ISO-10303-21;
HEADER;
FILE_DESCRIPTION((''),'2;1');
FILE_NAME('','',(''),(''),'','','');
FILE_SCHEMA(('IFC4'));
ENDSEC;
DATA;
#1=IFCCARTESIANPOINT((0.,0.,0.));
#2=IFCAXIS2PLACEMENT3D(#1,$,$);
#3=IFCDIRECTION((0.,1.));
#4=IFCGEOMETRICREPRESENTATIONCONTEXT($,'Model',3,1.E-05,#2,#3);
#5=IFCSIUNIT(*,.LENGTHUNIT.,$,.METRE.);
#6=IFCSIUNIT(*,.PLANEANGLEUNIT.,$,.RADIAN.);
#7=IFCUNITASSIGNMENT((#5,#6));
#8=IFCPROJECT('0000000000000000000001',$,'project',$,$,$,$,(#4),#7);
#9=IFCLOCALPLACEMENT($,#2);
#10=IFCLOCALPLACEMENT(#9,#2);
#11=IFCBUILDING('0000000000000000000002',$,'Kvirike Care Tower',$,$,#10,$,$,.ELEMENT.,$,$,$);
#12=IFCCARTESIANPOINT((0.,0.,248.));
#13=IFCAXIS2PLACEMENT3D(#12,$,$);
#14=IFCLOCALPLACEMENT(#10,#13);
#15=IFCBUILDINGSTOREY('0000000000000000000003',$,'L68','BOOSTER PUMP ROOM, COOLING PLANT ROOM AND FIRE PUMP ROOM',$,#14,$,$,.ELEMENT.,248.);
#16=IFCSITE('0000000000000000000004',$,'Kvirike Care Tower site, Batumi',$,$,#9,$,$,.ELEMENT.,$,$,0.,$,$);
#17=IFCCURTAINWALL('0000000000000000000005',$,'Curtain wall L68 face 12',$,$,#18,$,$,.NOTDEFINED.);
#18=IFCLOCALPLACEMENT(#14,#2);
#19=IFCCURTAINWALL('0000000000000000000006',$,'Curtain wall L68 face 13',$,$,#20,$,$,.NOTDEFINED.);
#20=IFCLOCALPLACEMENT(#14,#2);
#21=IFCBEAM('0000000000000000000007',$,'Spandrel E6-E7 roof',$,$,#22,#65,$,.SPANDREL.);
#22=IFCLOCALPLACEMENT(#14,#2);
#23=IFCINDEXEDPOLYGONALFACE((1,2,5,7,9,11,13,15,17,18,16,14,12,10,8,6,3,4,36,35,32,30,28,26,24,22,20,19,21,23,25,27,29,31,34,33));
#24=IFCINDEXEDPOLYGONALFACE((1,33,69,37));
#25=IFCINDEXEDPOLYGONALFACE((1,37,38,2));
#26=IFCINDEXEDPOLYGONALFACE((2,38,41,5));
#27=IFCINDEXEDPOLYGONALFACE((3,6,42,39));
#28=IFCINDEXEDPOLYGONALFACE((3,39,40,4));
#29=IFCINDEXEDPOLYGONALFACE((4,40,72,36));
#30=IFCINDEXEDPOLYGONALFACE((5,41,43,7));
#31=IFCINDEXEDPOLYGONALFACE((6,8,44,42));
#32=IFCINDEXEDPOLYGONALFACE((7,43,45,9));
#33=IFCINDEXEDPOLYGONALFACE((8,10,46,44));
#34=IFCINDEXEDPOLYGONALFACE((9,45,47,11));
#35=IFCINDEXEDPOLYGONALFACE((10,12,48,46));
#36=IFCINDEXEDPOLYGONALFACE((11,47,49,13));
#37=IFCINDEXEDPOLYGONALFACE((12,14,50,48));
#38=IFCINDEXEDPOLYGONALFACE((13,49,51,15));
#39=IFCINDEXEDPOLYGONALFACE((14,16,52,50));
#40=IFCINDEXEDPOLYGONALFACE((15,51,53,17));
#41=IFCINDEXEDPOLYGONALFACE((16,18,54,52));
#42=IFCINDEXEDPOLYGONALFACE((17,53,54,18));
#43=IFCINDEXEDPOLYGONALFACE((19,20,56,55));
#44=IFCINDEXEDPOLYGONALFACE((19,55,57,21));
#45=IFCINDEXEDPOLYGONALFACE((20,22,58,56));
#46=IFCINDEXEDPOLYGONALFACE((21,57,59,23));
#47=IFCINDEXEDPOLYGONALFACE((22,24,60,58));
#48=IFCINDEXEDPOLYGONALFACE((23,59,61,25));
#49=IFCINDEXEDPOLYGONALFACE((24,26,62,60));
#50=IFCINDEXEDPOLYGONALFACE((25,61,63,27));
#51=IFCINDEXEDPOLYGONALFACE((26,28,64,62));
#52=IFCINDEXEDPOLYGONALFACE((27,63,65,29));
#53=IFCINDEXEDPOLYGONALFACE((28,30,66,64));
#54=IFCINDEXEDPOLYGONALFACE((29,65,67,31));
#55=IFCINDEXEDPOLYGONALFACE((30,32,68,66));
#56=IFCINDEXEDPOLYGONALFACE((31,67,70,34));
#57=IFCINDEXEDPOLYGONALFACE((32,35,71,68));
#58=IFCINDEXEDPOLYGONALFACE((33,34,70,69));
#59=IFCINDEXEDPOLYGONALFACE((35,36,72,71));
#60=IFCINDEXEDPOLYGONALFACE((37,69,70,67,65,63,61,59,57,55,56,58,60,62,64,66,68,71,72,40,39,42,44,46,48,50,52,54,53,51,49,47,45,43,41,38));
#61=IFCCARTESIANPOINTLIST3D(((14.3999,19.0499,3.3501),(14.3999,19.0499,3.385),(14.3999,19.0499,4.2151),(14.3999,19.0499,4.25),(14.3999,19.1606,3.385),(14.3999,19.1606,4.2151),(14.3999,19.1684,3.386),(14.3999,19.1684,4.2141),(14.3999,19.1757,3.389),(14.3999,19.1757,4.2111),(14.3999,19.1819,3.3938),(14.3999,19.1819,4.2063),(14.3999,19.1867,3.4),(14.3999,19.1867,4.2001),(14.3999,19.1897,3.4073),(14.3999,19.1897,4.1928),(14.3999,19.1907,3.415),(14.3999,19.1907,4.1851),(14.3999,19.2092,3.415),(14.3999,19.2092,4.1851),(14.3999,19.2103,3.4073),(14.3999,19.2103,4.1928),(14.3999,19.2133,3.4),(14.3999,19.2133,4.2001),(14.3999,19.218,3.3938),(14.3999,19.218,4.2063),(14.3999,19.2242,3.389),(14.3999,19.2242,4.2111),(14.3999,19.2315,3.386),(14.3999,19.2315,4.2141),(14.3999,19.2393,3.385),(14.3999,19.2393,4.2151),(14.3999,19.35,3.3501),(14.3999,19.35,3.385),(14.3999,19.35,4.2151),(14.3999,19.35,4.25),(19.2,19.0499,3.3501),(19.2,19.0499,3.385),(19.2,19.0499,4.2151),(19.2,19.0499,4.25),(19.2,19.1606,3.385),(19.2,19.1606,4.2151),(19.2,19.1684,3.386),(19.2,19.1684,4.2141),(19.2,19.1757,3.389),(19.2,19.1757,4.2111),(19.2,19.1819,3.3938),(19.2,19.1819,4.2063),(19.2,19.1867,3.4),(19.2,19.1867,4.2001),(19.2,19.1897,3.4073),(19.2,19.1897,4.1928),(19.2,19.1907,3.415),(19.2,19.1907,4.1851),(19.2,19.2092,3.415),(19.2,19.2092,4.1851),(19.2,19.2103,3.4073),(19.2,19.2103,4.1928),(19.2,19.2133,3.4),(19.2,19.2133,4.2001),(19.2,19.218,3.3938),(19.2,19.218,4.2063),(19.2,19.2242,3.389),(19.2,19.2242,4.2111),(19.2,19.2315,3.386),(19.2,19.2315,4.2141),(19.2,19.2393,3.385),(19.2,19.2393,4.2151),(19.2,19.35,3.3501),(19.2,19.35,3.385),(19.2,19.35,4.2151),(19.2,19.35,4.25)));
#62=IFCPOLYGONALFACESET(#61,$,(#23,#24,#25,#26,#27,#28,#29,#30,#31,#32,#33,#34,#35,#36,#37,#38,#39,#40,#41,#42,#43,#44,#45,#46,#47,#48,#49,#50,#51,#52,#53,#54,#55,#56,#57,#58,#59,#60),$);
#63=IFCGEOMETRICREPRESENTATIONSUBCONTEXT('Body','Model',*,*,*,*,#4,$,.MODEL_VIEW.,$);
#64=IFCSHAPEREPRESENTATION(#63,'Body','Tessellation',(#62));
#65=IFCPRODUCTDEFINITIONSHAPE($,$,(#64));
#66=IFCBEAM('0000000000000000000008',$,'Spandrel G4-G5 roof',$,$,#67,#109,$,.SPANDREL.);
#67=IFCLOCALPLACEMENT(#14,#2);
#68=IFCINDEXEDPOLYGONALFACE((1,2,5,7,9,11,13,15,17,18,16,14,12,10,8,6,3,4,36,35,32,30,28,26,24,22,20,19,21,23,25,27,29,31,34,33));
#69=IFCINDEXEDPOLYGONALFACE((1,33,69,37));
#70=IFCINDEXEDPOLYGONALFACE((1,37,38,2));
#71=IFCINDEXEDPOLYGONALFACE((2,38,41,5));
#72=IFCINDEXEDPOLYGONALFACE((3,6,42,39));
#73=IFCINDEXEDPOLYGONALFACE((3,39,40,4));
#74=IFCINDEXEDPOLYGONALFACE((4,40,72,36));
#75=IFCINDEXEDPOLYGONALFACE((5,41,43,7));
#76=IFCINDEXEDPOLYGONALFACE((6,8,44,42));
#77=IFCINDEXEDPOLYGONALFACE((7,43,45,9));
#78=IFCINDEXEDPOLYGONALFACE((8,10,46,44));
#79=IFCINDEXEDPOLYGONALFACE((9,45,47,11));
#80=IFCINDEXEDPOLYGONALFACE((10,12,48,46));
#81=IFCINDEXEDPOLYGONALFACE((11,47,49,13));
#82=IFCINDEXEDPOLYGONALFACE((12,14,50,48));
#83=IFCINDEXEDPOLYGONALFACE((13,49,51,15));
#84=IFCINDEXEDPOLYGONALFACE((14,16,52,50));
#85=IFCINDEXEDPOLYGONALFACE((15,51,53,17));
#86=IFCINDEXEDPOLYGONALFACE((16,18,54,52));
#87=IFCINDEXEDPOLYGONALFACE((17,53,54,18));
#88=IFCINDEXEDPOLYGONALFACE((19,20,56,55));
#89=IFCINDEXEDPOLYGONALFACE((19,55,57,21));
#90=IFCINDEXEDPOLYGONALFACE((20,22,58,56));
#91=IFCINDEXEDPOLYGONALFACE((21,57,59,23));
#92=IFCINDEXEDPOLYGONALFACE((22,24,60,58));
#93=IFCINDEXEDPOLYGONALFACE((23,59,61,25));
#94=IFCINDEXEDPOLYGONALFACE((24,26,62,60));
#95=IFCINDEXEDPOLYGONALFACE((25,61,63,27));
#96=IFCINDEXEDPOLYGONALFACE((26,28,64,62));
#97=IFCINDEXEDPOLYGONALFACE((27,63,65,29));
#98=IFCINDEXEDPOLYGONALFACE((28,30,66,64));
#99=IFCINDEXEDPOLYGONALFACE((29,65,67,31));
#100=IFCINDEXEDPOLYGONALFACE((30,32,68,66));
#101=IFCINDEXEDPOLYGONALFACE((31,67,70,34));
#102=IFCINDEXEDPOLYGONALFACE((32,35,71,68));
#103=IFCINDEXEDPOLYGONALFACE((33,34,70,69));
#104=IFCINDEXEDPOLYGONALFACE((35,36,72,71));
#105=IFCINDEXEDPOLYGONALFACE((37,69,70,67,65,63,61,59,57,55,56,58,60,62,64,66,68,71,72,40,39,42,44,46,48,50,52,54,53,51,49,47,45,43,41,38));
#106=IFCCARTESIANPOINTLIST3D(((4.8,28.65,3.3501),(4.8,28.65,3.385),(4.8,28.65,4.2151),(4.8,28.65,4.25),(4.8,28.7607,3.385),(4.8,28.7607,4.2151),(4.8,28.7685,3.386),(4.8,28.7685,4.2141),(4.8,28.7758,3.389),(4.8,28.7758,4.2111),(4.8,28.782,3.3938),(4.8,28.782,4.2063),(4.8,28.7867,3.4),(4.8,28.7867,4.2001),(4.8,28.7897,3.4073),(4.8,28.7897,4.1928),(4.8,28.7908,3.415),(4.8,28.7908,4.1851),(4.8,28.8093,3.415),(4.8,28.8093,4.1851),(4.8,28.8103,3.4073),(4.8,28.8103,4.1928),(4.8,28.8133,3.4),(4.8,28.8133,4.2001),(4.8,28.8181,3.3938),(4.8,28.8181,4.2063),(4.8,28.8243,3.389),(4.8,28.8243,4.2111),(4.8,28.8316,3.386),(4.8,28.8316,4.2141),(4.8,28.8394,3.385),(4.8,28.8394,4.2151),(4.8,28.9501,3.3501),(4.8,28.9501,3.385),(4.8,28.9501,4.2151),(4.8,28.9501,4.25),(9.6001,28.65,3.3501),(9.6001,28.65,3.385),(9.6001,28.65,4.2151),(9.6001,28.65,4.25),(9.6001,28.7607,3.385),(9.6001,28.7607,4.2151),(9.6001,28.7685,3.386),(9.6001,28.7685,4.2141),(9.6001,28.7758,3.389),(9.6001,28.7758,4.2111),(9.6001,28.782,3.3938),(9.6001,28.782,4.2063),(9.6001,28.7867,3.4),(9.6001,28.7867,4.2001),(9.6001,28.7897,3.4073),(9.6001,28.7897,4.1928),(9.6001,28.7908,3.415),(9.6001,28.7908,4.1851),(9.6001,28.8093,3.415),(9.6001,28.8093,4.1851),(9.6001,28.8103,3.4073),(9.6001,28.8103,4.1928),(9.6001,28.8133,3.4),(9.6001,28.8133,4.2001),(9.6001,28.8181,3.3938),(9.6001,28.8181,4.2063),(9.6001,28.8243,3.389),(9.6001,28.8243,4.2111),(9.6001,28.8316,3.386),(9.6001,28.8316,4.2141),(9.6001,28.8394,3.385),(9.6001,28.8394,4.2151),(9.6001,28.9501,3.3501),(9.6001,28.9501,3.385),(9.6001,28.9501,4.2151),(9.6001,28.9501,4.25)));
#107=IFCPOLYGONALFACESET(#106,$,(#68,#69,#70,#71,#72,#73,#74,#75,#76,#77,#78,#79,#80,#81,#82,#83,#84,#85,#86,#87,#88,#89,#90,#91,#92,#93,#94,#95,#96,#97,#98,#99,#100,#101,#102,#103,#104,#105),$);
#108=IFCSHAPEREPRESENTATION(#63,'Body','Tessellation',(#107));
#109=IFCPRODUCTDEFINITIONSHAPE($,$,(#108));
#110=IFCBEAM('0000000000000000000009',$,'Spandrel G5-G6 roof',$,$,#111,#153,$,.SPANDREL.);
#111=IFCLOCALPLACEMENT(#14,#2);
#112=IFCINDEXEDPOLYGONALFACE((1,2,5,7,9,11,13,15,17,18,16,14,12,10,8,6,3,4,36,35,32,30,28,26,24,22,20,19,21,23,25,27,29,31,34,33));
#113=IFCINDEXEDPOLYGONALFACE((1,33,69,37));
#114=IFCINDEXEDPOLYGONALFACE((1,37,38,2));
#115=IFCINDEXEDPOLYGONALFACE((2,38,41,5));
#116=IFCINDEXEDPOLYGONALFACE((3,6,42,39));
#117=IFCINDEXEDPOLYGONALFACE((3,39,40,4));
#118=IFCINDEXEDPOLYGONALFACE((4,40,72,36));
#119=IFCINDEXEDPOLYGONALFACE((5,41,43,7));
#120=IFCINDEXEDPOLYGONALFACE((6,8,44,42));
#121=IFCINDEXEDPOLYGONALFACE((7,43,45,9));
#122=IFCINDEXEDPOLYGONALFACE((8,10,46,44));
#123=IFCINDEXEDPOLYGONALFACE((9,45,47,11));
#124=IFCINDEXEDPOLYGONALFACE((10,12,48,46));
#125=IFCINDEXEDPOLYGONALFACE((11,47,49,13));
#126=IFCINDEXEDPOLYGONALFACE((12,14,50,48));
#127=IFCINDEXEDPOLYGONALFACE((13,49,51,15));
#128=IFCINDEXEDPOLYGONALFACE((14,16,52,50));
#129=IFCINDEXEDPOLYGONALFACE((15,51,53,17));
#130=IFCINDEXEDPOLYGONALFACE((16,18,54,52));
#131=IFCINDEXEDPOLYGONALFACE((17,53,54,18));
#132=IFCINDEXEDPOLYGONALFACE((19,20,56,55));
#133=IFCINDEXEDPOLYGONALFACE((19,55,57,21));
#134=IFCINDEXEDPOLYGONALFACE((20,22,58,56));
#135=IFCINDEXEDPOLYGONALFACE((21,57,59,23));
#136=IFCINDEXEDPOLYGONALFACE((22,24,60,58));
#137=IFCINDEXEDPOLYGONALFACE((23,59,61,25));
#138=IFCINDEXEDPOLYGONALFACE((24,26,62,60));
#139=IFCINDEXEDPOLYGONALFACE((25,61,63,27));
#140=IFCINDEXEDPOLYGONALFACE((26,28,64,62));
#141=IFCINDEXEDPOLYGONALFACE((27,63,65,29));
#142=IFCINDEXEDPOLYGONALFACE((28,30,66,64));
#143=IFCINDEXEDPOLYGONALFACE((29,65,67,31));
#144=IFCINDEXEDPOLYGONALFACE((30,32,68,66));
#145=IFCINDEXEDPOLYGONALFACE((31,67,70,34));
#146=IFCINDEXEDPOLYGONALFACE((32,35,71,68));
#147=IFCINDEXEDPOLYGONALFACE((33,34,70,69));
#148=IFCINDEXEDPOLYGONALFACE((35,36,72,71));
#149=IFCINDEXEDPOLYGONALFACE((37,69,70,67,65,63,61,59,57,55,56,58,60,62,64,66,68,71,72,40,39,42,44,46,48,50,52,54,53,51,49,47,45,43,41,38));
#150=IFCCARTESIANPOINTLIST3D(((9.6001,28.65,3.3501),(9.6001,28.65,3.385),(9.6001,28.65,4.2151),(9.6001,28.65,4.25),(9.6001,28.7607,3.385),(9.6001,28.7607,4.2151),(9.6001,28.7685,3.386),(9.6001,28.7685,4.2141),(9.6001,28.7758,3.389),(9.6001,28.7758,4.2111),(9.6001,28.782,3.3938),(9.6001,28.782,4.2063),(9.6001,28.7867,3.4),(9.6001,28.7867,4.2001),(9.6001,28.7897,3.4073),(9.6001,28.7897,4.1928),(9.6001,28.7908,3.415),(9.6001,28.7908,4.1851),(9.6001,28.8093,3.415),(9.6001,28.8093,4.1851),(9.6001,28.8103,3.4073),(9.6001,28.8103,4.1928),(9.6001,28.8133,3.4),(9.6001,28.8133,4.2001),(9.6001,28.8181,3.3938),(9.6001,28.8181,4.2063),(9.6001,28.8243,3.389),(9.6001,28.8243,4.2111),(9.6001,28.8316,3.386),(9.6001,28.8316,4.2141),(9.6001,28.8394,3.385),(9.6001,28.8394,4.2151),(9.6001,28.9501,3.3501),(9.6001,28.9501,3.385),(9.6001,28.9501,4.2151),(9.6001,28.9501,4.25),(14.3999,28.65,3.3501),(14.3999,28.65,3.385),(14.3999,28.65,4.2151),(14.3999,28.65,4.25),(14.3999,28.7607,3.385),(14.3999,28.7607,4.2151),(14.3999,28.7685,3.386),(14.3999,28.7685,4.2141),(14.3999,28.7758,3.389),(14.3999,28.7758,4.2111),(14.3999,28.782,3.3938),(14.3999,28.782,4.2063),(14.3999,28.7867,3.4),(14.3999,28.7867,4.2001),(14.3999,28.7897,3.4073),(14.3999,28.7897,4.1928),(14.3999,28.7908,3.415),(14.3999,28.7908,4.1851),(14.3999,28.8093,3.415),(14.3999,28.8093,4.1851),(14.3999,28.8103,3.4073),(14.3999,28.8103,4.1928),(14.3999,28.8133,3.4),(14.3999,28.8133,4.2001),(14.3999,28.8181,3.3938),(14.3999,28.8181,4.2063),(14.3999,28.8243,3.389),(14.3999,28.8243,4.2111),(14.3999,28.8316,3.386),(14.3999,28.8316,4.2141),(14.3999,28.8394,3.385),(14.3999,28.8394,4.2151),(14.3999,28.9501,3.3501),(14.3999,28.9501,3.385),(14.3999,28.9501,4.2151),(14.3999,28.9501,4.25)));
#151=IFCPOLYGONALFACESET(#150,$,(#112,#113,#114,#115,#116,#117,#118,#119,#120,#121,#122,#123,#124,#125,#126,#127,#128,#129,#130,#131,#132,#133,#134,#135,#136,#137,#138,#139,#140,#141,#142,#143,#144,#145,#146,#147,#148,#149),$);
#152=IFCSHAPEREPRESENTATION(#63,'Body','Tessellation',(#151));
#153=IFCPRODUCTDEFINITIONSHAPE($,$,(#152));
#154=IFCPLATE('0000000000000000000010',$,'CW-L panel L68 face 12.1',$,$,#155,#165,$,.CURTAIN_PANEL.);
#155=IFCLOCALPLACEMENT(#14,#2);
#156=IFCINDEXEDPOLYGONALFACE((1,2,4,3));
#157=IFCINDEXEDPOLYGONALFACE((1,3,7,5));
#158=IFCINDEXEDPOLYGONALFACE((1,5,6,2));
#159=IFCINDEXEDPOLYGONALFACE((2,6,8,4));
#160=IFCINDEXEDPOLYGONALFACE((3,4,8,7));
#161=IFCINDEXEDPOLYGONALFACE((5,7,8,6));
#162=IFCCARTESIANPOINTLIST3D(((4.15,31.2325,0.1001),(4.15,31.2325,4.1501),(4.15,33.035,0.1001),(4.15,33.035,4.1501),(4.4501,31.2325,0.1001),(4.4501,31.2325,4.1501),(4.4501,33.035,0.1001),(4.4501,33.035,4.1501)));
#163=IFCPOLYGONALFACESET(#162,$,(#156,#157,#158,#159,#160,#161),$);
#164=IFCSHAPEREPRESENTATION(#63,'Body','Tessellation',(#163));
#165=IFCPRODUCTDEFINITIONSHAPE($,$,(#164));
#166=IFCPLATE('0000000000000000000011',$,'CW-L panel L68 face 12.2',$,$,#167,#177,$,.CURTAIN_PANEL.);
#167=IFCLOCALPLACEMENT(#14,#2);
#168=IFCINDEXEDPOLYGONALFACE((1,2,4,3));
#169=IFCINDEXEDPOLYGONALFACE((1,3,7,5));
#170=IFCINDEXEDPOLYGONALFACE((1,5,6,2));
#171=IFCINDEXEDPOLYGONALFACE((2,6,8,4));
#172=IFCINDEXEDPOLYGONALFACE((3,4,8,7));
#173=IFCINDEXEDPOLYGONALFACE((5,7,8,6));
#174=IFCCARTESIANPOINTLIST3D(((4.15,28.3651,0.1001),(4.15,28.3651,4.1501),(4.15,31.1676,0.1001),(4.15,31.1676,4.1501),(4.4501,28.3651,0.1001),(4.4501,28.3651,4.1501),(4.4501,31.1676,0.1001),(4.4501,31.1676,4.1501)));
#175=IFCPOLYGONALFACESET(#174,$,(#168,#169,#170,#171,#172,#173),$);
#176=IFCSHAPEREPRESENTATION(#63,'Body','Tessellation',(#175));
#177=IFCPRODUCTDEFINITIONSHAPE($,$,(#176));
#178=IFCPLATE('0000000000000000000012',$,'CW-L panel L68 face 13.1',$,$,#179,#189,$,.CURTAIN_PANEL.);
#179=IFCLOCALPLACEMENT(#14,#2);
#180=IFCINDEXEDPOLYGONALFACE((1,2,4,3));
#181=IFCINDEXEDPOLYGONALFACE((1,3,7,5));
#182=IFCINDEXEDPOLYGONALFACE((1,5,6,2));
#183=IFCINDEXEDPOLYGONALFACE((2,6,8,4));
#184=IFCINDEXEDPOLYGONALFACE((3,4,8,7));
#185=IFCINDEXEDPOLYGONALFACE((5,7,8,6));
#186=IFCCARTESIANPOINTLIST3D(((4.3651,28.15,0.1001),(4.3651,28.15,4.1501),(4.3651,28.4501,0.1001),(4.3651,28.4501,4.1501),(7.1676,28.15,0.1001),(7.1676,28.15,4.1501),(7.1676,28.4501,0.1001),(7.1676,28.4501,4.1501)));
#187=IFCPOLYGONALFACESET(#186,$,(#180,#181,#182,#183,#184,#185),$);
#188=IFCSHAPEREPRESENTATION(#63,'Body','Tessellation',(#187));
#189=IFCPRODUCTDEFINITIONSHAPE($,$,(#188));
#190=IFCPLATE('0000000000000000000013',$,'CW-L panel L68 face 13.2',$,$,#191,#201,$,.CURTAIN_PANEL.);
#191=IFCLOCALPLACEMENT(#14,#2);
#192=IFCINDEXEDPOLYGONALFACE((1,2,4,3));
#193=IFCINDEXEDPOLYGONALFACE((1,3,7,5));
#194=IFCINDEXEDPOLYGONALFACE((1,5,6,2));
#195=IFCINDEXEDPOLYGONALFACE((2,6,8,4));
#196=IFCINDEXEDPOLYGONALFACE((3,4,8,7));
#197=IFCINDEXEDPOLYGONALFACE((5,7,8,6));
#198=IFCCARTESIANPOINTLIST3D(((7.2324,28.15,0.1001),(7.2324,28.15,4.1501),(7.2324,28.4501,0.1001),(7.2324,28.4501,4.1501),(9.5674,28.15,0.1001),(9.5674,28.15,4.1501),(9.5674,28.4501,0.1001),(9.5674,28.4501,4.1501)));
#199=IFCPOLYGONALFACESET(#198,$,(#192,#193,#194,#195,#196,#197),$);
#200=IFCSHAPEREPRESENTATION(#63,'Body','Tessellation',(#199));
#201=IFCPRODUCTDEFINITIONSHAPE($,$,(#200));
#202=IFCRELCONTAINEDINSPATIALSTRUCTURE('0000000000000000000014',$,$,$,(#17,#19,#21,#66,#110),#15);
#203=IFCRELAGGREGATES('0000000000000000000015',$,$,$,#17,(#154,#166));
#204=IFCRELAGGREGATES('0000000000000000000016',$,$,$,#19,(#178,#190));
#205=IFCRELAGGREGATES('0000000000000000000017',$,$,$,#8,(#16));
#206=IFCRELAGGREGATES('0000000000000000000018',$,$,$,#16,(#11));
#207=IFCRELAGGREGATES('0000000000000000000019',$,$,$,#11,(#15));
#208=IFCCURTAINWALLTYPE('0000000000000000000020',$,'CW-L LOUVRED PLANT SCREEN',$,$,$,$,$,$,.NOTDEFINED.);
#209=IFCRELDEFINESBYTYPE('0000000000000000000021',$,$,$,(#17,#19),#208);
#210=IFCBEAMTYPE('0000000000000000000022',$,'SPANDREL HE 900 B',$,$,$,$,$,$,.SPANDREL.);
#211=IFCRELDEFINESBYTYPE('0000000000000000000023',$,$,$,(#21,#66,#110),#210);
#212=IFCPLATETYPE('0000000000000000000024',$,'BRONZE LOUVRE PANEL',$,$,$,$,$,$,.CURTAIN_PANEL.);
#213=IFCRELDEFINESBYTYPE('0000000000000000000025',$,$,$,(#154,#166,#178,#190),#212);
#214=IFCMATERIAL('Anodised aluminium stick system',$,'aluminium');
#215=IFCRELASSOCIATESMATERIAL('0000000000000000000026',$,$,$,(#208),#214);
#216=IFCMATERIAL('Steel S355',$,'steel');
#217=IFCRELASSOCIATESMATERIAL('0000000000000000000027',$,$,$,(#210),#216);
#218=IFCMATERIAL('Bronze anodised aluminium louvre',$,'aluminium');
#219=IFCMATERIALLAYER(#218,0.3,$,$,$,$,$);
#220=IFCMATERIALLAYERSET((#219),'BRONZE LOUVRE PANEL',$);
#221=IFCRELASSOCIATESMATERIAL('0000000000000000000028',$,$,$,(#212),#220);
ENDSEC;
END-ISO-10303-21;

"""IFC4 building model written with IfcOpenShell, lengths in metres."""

from ifc_helpers import new_model, si_unit, direction, frame, origin, origin_2d, place, context, subcontext, project, spatial, rectangle, i_section, extrude, material, layer, layer_set, material_profile, profile_set, type_object, element, aggregate, save


model = new_model("IFC4")

# Units and contexts
model_context = context("Model", 3, precision=1e-05, world=origin(), true_north=direction((0.0, 1.0)))
body_context = subcontext(model_context, "Body", "Model", "MODEL_VIEW")
ifc_project = project(units=[si_unit("LENGTHUNIT", "METRE"), si_unit("PLANEANGLEUNIT", "RADIAN")], contexts=[model_context])

# Site, building, storey
site_placement = place(None, origin())
site = spatial("IfcSite", under=ifc_project, at=site_placement, Name="Kvirike Care Tower site, Batumi", CompositionType="ELEMENT", RefElevation=0.0)
building_placement = place(site_placement, origin())
building = spatial("IfcBuilding", under=site, at=building_placement, Name="Kvirike Care Tower", CompositionType="ELEMENT")
storey_placement = place(building_placement, frame((0.0, 0.0, 248.0)))
storey = spatial("IfcBuildingStorey", under=building, at=storey_placement, Name="L68", Description="BOOSTER PUMP ROOM, COOLING PLANT ROOM AND FIRE PUMP ROOM", CompositionType="ELEMENT", Elevation=248.0)

# Curtain walls
ifc_material_1 = material(Name="Anodised aluminium stick system", Category="aluminium")
curtain_wall_type = type_object("IfcCurtainWallType", Name="CW-L LOUVRED PLANT SCREEN", PredefinedType="NOTDEFINED", material=ifc_material_1)
curtain_wall_1_placement = place(storey_placement, origin())
curtain_wall_1 = element("IfcCurtainWall", 1, at=curtain_wall_1_placement, inside=storey, type_object=curtain_wall_type, Name="Curtain wall L68 face 12", PredefinedType="NOTDEFINED")
curtain_wall_2_placement = place(storey_placement, origin())
curtain_wall_2 = element("IfcCurtainWall", 2, at=curtain_wall_2_placement, inside=storey, type_object=curtain_wall_type, Name="Curtain wall L68 face 13", PredefinedType="NOTDEFINED")

# Beams
ifc_material_2 = material(Name="Steel S355", Category="steel")
ifc_material_profile_1 = material_profile(ifc_material_2, i_section(OverallWidth=0.3, OverallDepth=0.8999, WebThickness=0.0186, FlangeThickness=0.0349, FilletRadius=0.03, at=origin_2d()), Name="HE 900 B")
ifc_profile_set_1 = profile_set([ifc_material_profile_1], Name="Steel S355")
beam_type = type_object("IfcBeamType", Name="SPANDREL HE 900 B", PredefinedType="SPANDREL", material=ifc_profile_set_1)
for number, where, z_axis, x_axis, name in (
    (3, (14.3999, 19.2, 3.8), (1.0, 0.0, 0.0), (0.0, 1.0, 0.0), "Spandrel E6-E7 roof"),
    (4, (4.8, 28.8, 3.8), (1.0, 0.0, 0.0), (0.0, 1.0, 0.0), "Spandrel G4-G5 roof"),
):
    element("IfcBeam", number, at=place(storey_placement, frame(where, z_axis=z_axis, x_axis=x_axis)), inside=storey, type_object=beam_type, Name=name, PredefinedType="SPANDREL", context=body_context, shape_type="SweptSolid", body=[
        extrude(i_section(OverallWidth=0.3, OverallDepth=0.8999, WebThickness=0.0186, FlangeThickness=0.0349, FilletRadius=0.03, at=origin_2d()), origin(), (0.0, 0.0, 1.0), 4.8),
    ])
beam_placement = place(storey_placement, frame((9.6001, 28.8, 3.8), z_axis=(1.0, 0.0, 0.0), x_axis=(0.0, 1.0, 0.0)))
element("IfcBeam", 5, at=beam_placement, inside=storey, type_object=beam_type, Name="Spandrel G5-G6 roof", PredefinedType="SPANDREL", context=body_context, shape_type="SweptSolid", body=[
    extrude(i_section(OverallWidth=0.3, OverallDepth=0.8999, WebThickness=0.0186, FlangeThickness=0.0349, FilletRadius=0.03, at=origin_2d()), origin(), (0.0, 0.0, 1.0), 4.7998),
])

# Plates
ifc_material_3 = material(Name="Bronze anodised aluminium louvre", Category="aluminium")
ifc_layer = layer(ifc_material_3, 0.3)
ifc_layer_set = layer_set([ifc_layer], Name="BRONZE LOUVRE PANEL")
plate_type = type_object("IfcPlateType", Name="BRONZE LOUVRE PANEL", PredefinedType="CURTAIN_PANEL", material=ifc_layer_set)
plate_1_placement = place(storey_placement, frame((4.3, 32.1338, 0.1001), z_axis=(0.0, 0.0, 1.0), x_axis=(0.0, -1.0, 0.0)))
plate_1 = element("IfcPlate", 6, at=plate_1_placement, type_object=plate_type, Name="CW-L panel L68 face 12.1", PredefinedType="CURTAIN_PANEL", context=body_context, shape_type="SweptSolid", body=[
    extrude(rectangle(XDim=1.8025, YDim=0.3, at=origin_2d()), origin(), (0.0, 0.0, 1.0), 4.05),
])
plate_2_placement = place(storey_placement, frame((4.3, 29.7664, 0.1001), z_axis=(0.0, 0.0, 1.0), x_axis=(0.0, -1.0, 0.0)))
plate_2 = element("IfcPlate", 7, at=plate_2_placement, type_object=plate_type, Name="CW-L panel L68 face 12.2", PredefinedType="CURTAIN_PANEL", context=body_context, shape_type="SweptSolid", body=[
    extrude(rectangle(XDim=2.8025, YDim=0.3, at=origin_2d()), origin(), (0.0, 0.0, 1.0), 4.05),
])
aggregate(curtain_wall_1, [plate_1, plate_2])
plate_3_placement = place(storey_placement, frame((5.7664, 28.3, 0.1001), z_axis=(0.0, 0.0, 1.0), x_axis=(1.0, 0.0, 0.0)))
plate_3 = element("IfcPlate", 8, at=plate_3_placement, type_object=plate_type, Name="CW-L panel L68 face 13.1", PredefinedType="CURTAIN_PANEL", context=body_context, shape_type="SweptSolid", body=[
    extrude(rectangle(XDim=2.8025, YDim=0.3, at=origin_2d()), origin(), (0.0, 0.0, 1.0), 4.05),
])
plate_4_placement = place(storey_placement, frame((8.3999, 28.3, 0.1001), z_axis=(0.0, 0.0, 1.0), x_axis=(1.0, 0.0, 0.0)))
plate_4 = element("IfcPlate", 9, at=plate_4_placement, type_object=plate_type, Name="CW-L panel L68 face 13.2", PredefinedType="CURTAIN_PANEL", context=body_context, shape_type="SweptSolid", body=[
    extrude(rectangle(XDim=2.335, YDim=0.3, at=origin_2d()), origin(), (0.0, 0.0, 1.0), 4.05),
])
aggregate(curtain_wall_2, [plate_3, plate_4])

save(model, "model.ifc")
